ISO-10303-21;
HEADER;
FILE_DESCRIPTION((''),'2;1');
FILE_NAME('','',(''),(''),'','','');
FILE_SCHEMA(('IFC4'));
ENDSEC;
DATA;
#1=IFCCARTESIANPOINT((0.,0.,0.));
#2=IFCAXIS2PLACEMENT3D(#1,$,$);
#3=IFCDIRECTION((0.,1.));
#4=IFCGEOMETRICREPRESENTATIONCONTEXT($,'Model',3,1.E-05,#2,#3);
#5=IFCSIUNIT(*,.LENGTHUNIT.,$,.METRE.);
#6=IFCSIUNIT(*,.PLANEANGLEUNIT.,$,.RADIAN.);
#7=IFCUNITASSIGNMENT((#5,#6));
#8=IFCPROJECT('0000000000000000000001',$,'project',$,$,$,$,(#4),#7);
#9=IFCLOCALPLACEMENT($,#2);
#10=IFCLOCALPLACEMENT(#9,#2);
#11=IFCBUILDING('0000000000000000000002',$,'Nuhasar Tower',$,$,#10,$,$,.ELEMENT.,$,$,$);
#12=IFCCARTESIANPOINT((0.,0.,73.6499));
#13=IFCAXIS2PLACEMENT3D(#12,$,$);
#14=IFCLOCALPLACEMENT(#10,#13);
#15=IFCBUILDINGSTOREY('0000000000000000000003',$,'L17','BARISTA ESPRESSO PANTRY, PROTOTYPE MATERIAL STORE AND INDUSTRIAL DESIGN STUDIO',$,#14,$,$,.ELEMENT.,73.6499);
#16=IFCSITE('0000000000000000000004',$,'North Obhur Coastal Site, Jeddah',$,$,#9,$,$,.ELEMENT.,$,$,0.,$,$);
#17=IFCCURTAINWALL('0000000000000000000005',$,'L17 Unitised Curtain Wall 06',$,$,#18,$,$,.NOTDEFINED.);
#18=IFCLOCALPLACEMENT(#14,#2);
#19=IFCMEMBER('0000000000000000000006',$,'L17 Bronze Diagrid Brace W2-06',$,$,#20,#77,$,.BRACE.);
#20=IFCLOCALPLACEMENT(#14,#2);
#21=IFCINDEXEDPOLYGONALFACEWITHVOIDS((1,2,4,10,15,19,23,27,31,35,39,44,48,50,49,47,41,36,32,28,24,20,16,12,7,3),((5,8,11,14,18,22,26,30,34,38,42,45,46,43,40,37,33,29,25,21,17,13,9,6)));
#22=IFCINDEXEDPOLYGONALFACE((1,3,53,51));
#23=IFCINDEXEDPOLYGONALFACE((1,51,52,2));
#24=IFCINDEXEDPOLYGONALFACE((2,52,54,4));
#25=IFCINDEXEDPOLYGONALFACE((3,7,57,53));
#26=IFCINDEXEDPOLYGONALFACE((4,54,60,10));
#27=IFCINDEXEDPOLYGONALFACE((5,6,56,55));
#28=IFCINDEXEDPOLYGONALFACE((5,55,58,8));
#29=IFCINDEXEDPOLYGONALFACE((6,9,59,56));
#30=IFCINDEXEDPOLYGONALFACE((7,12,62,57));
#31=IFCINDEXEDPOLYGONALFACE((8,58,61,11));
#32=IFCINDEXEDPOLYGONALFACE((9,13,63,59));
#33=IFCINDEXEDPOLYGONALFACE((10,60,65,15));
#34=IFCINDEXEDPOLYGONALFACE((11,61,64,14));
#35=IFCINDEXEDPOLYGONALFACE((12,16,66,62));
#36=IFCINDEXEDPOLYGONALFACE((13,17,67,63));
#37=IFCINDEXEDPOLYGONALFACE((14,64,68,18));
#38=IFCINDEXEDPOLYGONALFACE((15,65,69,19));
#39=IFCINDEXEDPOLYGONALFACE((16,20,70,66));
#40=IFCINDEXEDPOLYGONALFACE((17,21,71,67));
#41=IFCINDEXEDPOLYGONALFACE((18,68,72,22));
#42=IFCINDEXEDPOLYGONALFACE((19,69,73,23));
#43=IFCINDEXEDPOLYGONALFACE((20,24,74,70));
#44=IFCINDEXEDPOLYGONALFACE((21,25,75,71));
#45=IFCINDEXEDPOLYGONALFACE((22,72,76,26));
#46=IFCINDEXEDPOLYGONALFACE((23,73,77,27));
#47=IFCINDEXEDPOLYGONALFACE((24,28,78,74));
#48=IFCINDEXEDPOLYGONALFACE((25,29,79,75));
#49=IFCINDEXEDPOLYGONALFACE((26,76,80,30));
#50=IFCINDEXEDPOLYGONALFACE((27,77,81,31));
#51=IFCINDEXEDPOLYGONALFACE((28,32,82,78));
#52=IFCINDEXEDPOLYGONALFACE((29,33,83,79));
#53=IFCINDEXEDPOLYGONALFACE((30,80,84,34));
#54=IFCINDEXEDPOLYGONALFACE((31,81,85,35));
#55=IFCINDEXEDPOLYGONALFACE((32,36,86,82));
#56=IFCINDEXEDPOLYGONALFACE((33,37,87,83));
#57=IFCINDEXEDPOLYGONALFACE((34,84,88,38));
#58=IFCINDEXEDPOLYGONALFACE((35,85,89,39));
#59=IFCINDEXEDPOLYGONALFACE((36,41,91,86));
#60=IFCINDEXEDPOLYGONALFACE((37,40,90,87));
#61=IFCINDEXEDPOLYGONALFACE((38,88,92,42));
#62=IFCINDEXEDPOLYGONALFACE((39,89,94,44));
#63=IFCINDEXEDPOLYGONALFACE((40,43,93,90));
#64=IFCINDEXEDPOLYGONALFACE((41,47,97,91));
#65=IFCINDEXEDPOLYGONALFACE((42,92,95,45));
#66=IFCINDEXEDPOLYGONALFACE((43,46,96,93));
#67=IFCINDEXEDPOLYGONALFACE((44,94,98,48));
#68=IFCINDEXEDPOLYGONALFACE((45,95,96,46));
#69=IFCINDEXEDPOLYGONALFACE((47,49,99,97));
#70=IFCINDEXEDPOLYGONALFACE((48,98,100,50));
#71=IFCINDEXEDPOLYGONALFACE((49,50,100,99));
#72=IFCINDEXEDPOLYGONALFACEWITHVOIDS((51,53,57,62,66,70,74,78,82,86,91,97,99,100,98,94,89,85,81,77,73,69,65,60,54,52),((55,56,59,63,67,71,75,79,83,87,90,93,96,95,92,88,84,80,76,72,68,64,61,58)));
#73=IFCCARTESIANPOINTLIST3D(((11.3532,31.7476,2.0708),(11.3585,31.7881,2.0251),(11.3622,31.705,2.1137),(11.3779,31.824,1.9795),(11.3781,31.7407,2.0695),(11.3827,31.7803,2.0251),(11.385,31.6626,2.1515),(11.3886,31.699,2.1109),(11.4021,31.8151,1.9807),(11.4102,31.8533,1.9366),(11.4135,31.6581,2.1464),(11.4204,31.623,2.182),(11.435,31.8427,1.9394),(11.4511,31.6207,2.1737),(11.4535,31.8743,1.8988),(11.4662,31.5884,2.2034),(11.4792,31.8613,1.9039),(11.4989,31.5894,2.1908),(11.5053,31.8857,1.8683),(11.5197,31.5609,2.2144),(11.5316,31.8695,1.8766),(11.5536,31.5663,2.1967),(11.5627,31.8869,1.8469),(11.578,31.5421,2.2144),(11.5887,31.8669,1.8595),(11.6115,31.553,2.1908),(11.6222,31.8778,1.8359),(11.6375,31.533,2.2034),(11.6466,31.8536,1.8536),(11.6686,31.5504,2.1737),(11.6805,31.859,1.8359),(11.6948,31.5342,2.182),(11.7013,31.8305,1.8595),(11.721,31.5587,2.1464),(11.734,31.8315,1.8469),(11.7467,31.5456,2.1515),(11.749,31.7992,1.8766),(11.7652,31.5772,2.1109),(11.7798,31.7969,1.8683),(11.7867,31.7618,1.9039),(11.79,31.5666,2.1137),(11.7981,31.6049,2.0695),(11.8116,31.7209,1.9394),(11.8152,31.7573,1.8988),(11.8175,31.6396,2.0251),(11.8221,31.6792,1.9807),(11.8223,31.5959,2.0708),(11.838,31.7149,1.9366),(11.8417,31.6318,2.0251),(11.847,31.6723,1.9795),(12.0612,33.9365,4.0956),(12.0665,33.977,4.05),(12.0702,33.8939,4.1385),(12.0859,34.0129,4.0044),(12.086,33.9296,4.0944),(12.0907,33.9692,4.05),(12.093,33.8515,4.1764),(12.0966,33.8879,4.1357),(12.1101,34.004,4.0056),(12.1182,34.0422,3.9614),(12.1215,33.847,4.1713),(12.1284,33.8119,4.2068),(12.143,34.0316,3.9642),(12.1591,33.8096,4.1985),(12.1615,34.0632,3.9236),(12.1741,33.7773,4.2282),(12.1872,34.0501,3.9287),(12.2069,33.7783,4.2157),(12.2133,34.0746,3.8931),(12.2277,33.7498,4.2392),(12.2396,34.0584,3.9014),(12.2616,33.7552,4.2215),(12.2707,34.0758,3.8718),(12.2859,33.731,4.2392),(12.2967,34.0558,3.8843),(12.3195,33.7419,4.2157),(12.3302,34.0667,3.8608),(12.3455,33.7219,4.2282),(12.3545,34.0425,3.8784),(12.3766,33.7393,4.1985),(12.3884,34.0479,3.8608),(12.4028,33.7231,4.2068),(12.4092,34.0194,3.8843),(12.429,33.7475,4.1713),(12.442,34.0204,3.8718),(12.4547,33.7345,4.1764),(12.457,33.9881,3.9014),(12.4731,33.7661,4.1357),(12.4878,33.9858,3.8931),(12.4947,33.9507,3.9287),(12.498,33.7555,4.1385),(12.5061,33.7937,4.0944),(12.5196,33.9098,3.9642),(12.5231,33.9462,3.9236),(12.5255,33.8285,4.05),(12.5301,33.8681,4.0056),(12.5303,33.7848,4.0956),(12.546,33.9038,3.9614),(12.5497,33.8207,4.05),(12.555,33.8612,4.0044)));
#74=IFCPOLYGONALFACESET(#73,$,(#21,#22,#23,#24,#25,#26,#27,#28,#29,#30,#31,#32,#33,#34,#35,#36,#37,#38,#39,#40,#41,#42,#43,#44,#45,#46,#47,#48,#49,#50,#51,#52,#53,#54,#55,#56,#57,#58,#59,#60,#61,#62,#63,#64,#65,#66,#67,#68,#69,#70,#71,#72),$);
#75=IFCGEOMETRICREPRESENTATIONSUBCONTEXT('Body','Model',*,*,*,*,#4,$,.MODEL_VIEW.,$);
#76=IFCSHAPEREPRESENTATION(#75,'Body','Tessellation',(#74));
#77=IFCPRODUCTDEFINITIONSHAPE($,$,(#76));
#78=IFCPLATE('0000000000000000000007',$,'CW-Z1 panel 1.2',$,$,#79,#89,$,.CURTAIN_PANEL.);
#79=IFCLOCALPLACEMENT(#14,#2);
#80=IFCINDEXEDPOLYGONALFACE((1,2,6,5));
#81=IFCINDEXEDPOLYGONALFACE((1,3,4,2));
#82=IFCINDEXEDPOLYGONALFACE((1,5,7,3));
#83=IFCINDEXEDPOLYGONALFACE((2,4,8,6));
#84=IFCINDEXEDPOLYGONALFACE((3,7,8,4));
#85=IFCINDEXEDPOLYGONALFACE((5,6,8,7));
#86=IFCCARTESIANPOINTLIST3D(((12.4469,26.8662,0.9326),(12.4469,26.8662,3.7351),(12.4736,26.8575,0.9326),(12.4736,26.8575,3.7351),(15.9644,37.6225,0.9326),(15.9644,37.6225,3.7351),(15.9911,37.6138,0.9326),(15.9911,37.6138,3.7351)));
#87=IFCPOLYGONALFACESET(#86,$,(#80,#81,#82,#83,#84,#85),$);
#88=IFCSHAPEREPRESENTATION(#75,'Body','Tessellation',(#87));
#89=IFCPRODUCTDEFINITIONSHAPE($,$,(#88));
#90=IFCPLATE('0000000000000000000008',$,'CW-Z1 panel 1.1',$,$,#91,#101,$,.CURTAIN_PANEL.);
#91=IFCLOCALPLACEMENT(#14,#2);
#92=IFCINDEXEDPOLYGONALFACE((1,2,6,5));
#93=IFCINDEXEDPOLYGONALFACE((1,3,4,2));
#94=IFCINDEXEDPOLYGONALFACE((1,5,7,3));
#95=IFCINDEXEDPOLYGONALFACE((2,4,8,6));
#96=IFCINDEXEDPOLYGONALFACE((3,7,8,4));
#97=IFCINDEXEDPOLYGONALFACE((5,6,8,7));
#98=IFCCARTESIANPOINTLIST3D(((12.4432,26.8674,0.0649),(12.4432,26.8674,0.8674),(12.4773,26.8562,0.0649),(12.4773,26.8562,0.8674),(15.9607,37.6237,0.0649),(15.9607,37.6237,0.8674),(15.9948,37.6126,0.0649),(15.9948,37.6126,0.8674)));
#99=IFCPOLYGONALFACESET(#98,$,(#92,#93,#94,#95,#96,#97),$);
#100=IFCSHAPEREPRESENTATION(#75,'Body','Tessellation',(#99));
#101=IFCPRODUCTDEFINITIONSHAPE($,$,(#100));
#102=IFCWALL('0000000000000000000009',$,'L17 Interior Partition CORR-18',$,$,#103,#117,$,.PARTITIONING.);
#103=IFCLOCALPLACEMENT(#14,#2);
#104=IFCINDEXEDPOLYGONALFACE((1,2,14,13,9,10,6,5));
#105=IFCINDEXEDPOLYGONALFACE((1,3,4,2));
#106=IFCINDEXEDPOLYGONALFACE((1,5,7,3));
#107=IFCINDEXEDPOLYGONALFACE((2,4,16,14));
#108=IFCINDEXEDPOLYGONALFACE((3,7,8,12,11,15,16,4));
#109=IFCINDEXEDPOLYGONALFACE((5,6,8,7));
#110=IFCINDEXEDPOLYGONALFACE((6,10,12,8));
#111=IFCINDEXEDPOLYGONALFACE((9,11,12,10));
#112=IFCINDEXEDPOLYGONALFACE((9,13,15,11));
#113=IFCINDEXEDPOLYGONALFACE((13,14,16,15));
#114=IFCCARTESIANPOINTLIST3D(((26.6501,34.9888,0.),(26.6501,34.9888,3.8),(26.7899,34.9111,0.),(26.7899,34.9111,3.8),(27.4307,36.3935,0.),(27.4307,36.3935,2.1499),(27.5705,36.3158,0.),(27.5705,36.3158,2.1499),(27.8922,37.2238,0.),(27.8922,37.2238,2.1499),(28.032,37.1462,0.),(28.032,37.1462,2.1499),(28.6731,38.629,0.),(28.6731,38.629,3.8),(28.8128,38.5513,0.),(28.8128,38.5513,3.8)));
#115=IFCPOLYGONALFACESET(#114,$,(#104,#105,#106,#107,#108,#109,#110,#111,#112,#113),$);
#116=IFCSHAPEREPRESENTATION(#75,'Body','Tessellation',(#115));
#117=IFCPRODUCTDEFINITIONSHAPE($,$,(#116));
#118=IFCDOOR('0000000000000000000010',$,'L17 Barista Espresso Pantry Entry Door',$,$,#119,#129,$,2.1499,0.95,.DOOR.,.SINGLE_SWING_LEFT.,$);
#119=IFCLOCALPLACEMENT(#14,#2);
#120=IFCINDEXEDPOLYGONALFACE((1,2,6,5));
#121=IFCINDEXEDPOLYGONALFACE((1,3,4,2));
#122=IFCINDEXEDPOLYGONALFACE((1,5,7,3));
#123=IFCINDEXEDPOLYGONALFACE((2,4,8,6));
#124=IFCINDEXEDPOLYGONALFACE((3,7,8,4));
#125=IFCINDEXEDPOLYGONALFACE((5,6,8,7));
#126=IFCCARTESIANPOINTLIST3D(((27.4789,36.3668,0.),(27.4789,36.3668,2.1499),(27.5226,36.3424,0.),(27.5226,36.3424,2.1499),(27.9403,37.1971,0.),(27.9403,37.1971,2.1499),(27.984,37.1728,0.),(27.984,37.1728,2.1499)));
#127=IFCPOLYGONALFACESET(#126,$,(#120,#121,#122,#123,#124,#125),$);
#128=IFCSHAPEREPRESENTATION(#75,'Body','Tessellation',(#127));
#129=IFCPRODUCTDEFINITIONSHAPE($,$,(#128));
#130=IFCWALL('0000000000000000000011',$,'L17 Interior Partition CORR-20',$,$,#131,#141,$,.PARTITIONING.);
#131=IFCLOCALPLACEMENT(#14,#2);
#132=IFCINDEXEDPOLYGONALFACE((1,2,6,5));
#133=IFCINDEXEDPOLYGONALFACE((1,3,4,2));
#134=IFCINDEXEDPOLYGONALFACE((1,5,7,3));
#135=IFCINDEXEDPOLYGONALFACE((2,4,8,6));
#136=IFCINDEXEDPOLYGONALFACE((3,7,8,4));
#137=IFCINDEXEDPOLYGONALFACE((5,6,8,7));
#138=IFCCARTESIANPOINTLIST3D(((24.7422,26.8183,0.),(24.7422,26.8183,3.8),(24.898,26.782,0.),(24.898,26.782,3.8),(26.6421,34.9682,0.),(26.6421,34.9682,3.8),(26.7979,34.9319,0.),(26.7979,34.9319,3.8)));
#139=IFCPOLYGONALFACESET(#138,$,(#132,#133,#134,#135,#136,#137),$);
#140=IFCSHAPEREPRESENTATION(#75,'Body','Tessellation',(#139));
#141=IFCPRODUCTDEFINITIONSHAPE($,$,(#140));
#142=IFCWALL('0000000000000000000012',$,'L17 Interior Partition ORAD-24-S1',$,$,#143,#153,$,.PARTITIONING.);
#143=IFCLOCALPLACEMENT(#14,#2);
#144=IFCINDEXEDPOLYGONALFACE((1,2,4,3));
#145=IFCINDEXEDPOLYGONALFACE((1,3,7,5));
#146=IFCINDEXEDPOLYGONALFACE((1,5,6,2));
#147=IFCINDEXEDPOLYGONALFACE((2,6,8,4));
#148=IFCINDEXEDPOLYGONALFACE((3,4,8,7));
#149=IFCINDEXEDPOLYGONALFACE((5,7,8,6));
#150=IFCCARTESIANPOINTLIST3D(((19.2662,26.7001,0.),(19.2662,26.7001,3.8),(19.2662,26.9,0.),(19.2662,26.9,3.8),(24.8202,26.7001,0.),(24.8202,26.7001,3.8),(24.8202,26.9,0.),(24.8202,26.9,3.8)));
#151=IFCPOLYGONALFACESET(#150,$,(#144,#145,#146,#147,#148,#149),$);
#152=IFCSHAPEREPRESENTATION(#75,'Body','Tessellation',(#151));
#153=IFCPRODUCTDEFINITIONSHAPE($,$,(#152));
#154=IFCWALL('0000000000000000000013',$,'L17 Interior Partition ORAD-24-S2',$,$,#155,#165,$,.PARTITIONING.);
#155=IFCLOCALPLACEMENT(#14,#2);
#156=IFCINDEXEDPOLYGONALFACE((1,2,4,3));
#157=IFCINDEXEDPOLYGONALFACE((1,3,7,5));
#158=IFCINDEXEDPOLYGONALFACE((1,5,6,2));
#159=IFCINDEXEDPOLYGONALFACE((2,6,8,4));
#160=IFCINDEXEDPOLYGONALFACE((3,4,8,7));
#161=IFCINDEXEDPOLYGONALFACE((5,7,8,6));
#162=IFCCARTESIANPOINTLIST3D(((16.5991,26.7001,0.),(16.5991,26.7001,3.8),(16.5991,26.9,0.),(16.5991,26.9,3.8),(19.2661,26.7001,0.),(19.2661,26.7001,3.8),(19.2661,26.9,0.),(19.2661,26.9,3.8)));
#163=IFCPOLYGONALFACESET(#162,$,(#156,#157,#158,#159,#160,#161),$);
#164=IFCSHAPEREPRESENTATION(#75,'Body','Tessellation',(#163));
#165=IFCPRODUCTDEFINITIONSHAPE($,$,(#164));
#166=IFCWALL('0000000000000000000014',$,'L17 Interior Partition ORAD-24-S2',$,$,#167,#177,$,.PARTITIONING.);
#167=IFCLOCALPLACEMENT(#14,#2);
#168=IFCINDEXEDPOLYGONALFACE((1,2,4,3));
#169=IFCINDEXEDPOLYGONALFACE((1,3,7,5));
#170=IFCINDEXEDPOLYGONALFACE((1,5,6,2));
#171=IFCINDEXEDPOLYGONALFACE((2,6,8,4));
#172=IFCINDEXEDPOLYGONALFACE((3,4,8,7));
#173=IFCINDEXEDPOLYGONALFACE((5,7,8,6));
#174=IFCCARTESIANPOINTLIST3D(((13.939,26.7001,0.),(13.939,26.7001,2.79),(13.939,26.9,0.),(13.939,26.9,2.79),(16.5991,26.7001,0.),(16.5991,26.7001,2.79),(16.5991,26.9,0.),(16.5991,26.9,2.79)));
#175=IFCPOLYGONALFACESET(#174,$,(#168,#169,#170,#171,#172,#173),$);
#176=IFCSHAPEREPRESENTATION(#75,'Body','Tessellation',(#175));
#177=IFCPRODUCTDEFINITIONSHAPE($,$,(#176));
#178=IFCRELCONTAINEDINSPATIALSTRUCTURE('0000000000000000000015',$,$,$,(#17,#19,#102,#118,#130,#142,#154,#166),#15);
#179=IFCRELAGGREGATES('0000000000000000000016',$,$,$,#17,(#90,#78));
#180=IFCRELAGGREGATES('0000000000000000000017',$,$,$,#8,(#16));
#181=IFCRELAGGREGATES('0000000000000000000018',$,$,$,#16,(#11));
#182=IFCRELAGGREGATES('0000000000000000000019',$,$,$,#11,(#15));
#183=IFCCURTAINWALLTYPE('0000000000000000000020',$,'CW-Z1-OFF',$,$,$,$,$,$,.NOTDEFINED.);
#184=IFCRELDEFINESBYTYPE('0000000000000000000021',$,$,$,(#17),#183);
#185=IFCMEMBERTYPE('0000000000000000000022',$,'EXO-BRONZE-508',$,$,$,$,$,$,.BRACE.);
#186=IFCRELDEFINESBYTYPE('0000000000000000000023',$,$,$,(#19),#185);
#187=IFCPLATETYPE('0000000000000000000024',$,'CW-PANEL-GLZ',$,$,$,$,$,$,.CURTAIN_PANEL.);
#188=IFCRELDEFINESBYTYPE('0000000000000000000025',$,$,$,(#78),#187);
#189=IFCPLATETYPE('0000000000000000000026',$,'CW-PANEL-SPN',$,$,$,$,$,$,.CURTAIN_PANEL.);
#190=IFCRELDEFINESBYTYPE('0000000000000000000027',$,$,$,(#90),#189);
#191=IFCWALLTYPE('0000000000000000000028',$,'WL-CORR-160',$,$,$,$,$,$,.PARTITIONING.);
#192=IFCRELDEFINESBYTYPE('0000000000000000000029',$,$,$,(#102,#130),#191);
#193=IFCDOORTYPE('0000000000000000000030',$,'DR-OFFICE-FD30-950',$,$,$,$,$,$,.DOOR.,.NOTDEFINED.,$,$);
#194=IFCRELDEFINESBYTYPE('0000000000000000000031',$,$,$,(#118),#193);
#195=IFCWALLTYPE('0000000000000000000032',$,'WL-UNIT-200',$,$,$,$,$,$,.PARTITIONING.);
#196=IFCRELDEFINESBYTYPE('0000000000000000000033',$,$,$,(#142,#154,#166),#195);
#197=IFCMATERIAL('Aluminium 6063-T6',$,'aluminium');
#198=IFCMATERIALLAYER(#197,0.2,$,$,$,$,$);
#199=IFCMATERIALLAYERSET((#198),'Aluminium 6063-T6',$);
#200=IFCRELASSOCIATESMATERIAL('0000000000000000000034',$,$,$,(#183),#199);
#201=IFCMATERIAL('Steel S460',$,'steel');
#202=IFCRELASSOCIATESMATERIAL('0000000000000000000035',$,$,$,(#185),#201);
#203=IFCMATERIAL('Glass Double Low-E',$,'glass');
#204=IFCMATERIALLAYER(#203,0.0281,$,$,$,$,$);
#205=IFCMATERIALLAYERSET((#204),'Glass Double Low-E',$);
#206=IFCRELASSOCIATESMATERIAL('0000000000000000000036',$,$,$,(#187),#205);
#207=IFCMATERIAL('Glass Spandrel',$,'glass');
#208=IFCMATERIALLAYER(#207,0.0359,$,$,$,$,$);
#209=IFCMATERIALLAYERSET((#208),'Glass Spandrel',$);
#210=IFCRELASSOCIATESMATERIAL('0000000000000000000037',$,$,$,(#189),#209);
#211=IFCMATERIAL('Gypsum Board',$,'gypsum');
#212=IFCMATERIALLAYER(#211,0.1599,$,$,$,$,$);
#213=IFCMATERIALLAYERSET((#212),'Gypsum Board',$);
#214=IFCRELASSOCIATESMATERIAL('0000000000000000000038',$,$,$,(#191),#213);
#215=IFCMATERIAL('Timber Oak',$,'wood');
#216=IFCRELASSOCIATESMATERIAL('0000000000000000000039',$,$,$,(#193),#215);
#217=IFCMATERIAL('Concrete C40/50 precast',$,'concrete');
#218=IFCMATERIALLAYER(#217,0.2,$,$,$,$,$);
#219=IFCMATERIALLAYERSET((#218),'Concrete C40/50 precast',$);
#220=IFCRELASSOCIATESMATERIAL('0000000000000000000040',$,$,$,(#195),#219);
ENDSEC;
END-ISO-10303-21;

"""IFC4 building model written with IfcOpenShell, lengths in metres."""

from ifc_helpers import new_model, si_unit, direction, frame, frame_2d, origin, origin_2d, place, context, subcontext, project, spatial, rectangle, hollow_circle, extrude, material, layer, layer_set, material_profile, profile_set, type_object, element, fill, aggregate, save


model = new_model("IFC4")

# Units and contexts
model_context = context("Model", 3, precision=1e-05, world=origin(), true_north=direction((0.0, 1.0)))
body_context = subcontext(model_context, "Body", "Model", "MODEL_VIEW")
ifc_project = project(units=[si_unit("LENGTHUNIT", "METRE"), si_unit("PLANEANGLEUNIT", "RADIAN")], contexts=[model_context])

# Site, building, storey
site_placement = place(None, origin())
site = spatial("IfcSite", under=ifc_project, at=site_placement, Name="North Obhur Coastal Site, Jeddah", CompositionType="ELEMENT", RefElevation=0.0)
building_placement = place(site_placement, origin())
building = spatial("IfcBuilding", under=site, at=building_placement, Name="Nuhasar Tower", CompositionType="ELEMENT")
storey_placement = place(building_placement, frame((0.0, 0.0, 73.6499)))
storey = spatial("IfcBuildingStorey", under=building, at=storey_placement, Name="L17", Description="BARISTA ESPRESSO PANTRY, PROTOTYPE MATERIAL STORE AND INDUSTRIAL DESIGN STUDIO", CompositionType="ELEMENT", Elevation=73.6499)

# Curtain wall
ifc_material_1 = material(Name="Aluminium 6063-T6", Category="aluminium")
ifc_layer_1 = layer(ifc_material_1, 0.2)
ifc_layer_set_1 = layer_set([ifc_layer_1], Name="Aluminium 6063-T6")
curtain_wall_type = type_object("IfcCurtainWallType", Name="CW-Z1-OFF", PredefinedType="NOTDEFINED", material=ifc_layer_set_1)
curtain_wall_1_placement = place(storey_placement, origin())
curtain_wall_1 = element("IfcCurtainWall", 1, at=curtain_wall_1_placement, inside=storey, type_object=curtain_wall_type, Name="L17 Unitised Curtain Wall 06", PredefinedType="NOTDEFINED")

# Member
ifc_material_2 = material(Name="Steel S460", Category="steel")
ifc_material_profile_1 = material_profile(ifc_material_2, hollow_circle(Radius=0.2539, WallThickness=0.0254, at=origin_2d()), Name="HSS508X25.4")
ifc_profile_set_1 = profile_set([ifc_material_profile_1], Name="Steel S460")
member_type_1 = type_object("IfcMemberType", Name="EXO-BRONZE-508", PredefinedType="BRACE", material=ifc_profile_set_1)
member_1_placement = place(storey_placement, frame((11.6001, 31.71, 2.0251), z_axis=(0.231012, 0.714225, 0.660694), x_axis=(-0.951468, 0.307747, 0.0)))
element("IfcMember", 2, at=member_1_placement, inside=storey, type_object=member_type_1, Name="L17 Bronze Diagrid Brace W2-06", PredefinedType="BRACE", context=body_context, shape_type="SweptSolid", body=[
    extrude(hollow_circle(Radius=0.2539, WallThickness=0.0254, at=origin_2d()), origin(), (0.0, 0.0, 1.0), 3.0647),
])

# Plates
ifc_material_3 = material(Name="Glass Double Low-E", Category="glass")
ifc_layer_2 = layer(ifc_material_3, 0.0281)
ifc_layer_set_2 = layer_set([ifc_layer_2], Name="Glass Double Low-E")
plate_type_1 = type_object("IfcPlateType", Name="CW-PANEL-GLZ", PredefinedType="CURTAIN_PANEL", material=ifc_layer_set_2)
plate_1_placement = place(storey_placement, frame((14.219, 32.24, 0.9326), z_axis=(0.0, 0.0, 1.0), x_axis=(-0.310824, -0.950468, 0.0)))
plate_1 = element("IfcPlate", 3, at=plate_1_placement, type_object=plate_type_1, Name="CW-Z1 panel 1.2", PredefinedType="CURTAIN_PANEL", context=body_context, shape_type="SweptSolid", body=[
    extrude(rectangle(XDim=11.3169, YDim=0.0281, at=origin_2d()), origin(), (0.0, 0.0, 1.0), 2.8025),
])
ifc_material_4 = material(Name="Glass Spandrel", Category="glass")
ifc_layer_3 = layer(ifc_material_4, 0.0359)
ifc_layer_set_3 = layer_set([ifc_layer_3], Name="Glass Spandrel")
plate_type_2 = type_object("IfcPlateType", Name="CW-PANEL-SPN", PredefinedType="CURTAIN_PANEL", material=ifc_layer_set_3)
plate_2_placement = place(storey_placement, frame((14.219, 32.24, 0.0649), z_axis=(0.0, 0.0, 1.0), x_axis=(-0.310824, -0.950468, 0.0)))
plate_2 = element("IfcPlate", 4, at=plate_2_placement, type_object=plate_type_2, Name="CW-Z1 panel 1.1", PredefinedType="CURTAIN_PANEL", context=body_context, shape_type="SweptSolid", body=[
    extrude(rectangle(XDim=11.3169, YDim=0.0359, at=origin_2d()), origin(), (0.0, 0.0, 1.0), 0.8025),
])
aggregate(curtain_wall_1, [plate_2, plate_1])

# Wall, opening, door
ifc_material_5 = material(Name="Gypsum Board", Category="gypsum")
ifc_layer_4 = layer(ifc_material_5, 0.1599)
ifc_layer_set_4 = layer_set([ifc_layer_4], Name="Gypsum Board")
wall_type_1 = type_object("IfcWallType", Name="WL-CORR-160", PredefinedType="PARTITIONING", material=ifc_layer_set_4)
wall_1_placement = place(storey_placement, frame((26.72, 34.95, 0.0), z_axis=(0.0, 0.0, 1.0), x_axis=(0.485762, 0.874091, 0.0)))
wall_1 = element("IfcWall", 5, at=wall_1_placement, inside=storey, type_object=wall_type_1, Name="L17 Interior Partition CORR-18", PredefinedType="PARTITIONING", context=body_context, shape_type="SweptSolid", body=[
    extrude(rectangle(XDim=4.1646, YDim=0.1599, at=frame_2d((2.0823, 0.0))), origin(), (0.0, 0.0, 1.0), 3.8),
])
opening_placement = place(wall_1_placement, frame((1.6069, 0.0, 0.0)))
opening = element("IfcOpeningElement", 6, at=opening_placement, cuts=wall_1, PredefinedType="OPENING", context=body_context, shape_type="SweptSolid", body=[
    extrude(rectangle(XDim=0.95, YDim=2.1499, at=frame_2d((0.4751, 1.075))), frame((0.0, 0.0898, 0.0), z_axis=(0.0, -1.0, 0.0), x_axis=(1.0, 0.0, 0.0)), (0.0, 0.0, 1.0), 0.1799),
])
ifc_material_6 = material(Name="Timber Oak", Category="wood")
door_type = type_object("IfcDoorType", Name="DR-OFFICE-FD30-950", OperationType="NOTDEFINED", PredefinedType="DOOR", material=ifc_material_6)
door_placement = place(opening_placement, origin())
door = element("IfcDoor", 7, at=door_placement, inside=storey, type_object=door_type, Name="L17 Barista Espresso Pantry Entry Door", OperationType="SINGLE_SWING_LEFT", OverallHeight=2.1499, OverallWidth=0.95, PredefinedType="DOOR", context=body_context, shape_type="SweptSolid", body=[
    extrude(rectangle(XDim=0.95, YDim=2.1499, at=frame_2d((0.4751, 1.075))), frame((0.0, 0.0249, 0.0), z_axis=(0.0, -1.0, 0.0), x_axis=(1.0, 0.0, 0.0)), (0.0, 0.0, 1.0), 0.05),
])
fill(opening, door)

# Walls
wall_2_placement = place(storey_placement, frame((26.72, 34.95, 0.0), z_axis=(0.0, 0.0, 1.0), x_axis=(-0.227032, -0.973887, 0.0)))
element("IfcWall", 8, at=wall_2_placement, inside=storey, type_object=wall_type_1, Name="L17 Interior Partition CORR-20", PredefinedType="PARTITIONING", context=body_context, shape_type="SweptSolid", body=[
    extrude(rectangle(XDim=8.3684, YDim=0.1599, at=frame_2d((4.1841, 0.0))), origin(), (0.0, 0.0, 1.0), 3.8),
])
ifc_material_7 = material(Name="Concrete C40/50 precast", Category="concrete")
ifc_layer_5 = layer(ifc_material_7, 0.2)
ifc_layer_set_5 = layer_set([ifc_layer_5], Name="Concrete C40/50 precast")
wall_type_2 = type_object("IfcWallType", Name="WL-UNIT-200", PredefinedType="PARTITIONING", material=ifc_layer_set_5)
wall_3_placement = place(storey_placement, frame((24.8201, 26.8, 0.0), z_axis=(0.0, 0.0, 1.0), x_axis=(-1.0, 0.0, 0.0)))
element("IfcWall", 9, at=wall_3_placement, inside=storey, type_object=wall_type_2, Name="L17 Interior Partition ORAD-24-S1", PredefinedType="PARTITIONING", context=body_context, shape_type="SweptSolid", body=[
    extrude(rectangle(XDim=5.554, YDim=0.2, at=frame_2d((2.7769, 0.0))), origin(), (0.0, 0.0, 1.0), 3.8),
])
wall_4_placement = place(storey_placement, frame((19.2661, 26.8, 0.0), z_axis=(0.0, 0.0, 1.0), x_axis=(-1.0, 0.0, 0.0)))
element("IfcWall", 10, at=wall_4_placement, inside=storey, type_object=wall_type_2, Name="L17 Interior Partition ORAD-24-S2", PredefinedType="PARTITIONING", context=body_context, shape_type="SweptSolid", body=[
    extrude(rectangle(XDim=2.667, YDim=0.2, at=frame_2d((1.3335, 0.0))), origin(), (0.0, 0.0, 1.0), 3.8),
])
wall_5_placement = place(storey_placement, frame((16.5991, 26.8, 0.0), z_axis=(0.0, 0.0, 1.0), x_axis=(-1.0, 0.0, 0.0)))
element("IfcWall", 11, at=wall_5_placement, inside=storey, type_object=wall_type_2, Name="L17 Interior Partition ORAD-24-S2", PredefinedType="PARTITIONING", context=body_context, shape_type="SweptSolid", body=[
    extrude(rectangle(XDim=2.6602, YDim=0.2, at=frame_2d((1.3301, 0.0))), origin(), (0.0, 0.0, 1.0), 2.79),
])

save(model, "model.ifc")
